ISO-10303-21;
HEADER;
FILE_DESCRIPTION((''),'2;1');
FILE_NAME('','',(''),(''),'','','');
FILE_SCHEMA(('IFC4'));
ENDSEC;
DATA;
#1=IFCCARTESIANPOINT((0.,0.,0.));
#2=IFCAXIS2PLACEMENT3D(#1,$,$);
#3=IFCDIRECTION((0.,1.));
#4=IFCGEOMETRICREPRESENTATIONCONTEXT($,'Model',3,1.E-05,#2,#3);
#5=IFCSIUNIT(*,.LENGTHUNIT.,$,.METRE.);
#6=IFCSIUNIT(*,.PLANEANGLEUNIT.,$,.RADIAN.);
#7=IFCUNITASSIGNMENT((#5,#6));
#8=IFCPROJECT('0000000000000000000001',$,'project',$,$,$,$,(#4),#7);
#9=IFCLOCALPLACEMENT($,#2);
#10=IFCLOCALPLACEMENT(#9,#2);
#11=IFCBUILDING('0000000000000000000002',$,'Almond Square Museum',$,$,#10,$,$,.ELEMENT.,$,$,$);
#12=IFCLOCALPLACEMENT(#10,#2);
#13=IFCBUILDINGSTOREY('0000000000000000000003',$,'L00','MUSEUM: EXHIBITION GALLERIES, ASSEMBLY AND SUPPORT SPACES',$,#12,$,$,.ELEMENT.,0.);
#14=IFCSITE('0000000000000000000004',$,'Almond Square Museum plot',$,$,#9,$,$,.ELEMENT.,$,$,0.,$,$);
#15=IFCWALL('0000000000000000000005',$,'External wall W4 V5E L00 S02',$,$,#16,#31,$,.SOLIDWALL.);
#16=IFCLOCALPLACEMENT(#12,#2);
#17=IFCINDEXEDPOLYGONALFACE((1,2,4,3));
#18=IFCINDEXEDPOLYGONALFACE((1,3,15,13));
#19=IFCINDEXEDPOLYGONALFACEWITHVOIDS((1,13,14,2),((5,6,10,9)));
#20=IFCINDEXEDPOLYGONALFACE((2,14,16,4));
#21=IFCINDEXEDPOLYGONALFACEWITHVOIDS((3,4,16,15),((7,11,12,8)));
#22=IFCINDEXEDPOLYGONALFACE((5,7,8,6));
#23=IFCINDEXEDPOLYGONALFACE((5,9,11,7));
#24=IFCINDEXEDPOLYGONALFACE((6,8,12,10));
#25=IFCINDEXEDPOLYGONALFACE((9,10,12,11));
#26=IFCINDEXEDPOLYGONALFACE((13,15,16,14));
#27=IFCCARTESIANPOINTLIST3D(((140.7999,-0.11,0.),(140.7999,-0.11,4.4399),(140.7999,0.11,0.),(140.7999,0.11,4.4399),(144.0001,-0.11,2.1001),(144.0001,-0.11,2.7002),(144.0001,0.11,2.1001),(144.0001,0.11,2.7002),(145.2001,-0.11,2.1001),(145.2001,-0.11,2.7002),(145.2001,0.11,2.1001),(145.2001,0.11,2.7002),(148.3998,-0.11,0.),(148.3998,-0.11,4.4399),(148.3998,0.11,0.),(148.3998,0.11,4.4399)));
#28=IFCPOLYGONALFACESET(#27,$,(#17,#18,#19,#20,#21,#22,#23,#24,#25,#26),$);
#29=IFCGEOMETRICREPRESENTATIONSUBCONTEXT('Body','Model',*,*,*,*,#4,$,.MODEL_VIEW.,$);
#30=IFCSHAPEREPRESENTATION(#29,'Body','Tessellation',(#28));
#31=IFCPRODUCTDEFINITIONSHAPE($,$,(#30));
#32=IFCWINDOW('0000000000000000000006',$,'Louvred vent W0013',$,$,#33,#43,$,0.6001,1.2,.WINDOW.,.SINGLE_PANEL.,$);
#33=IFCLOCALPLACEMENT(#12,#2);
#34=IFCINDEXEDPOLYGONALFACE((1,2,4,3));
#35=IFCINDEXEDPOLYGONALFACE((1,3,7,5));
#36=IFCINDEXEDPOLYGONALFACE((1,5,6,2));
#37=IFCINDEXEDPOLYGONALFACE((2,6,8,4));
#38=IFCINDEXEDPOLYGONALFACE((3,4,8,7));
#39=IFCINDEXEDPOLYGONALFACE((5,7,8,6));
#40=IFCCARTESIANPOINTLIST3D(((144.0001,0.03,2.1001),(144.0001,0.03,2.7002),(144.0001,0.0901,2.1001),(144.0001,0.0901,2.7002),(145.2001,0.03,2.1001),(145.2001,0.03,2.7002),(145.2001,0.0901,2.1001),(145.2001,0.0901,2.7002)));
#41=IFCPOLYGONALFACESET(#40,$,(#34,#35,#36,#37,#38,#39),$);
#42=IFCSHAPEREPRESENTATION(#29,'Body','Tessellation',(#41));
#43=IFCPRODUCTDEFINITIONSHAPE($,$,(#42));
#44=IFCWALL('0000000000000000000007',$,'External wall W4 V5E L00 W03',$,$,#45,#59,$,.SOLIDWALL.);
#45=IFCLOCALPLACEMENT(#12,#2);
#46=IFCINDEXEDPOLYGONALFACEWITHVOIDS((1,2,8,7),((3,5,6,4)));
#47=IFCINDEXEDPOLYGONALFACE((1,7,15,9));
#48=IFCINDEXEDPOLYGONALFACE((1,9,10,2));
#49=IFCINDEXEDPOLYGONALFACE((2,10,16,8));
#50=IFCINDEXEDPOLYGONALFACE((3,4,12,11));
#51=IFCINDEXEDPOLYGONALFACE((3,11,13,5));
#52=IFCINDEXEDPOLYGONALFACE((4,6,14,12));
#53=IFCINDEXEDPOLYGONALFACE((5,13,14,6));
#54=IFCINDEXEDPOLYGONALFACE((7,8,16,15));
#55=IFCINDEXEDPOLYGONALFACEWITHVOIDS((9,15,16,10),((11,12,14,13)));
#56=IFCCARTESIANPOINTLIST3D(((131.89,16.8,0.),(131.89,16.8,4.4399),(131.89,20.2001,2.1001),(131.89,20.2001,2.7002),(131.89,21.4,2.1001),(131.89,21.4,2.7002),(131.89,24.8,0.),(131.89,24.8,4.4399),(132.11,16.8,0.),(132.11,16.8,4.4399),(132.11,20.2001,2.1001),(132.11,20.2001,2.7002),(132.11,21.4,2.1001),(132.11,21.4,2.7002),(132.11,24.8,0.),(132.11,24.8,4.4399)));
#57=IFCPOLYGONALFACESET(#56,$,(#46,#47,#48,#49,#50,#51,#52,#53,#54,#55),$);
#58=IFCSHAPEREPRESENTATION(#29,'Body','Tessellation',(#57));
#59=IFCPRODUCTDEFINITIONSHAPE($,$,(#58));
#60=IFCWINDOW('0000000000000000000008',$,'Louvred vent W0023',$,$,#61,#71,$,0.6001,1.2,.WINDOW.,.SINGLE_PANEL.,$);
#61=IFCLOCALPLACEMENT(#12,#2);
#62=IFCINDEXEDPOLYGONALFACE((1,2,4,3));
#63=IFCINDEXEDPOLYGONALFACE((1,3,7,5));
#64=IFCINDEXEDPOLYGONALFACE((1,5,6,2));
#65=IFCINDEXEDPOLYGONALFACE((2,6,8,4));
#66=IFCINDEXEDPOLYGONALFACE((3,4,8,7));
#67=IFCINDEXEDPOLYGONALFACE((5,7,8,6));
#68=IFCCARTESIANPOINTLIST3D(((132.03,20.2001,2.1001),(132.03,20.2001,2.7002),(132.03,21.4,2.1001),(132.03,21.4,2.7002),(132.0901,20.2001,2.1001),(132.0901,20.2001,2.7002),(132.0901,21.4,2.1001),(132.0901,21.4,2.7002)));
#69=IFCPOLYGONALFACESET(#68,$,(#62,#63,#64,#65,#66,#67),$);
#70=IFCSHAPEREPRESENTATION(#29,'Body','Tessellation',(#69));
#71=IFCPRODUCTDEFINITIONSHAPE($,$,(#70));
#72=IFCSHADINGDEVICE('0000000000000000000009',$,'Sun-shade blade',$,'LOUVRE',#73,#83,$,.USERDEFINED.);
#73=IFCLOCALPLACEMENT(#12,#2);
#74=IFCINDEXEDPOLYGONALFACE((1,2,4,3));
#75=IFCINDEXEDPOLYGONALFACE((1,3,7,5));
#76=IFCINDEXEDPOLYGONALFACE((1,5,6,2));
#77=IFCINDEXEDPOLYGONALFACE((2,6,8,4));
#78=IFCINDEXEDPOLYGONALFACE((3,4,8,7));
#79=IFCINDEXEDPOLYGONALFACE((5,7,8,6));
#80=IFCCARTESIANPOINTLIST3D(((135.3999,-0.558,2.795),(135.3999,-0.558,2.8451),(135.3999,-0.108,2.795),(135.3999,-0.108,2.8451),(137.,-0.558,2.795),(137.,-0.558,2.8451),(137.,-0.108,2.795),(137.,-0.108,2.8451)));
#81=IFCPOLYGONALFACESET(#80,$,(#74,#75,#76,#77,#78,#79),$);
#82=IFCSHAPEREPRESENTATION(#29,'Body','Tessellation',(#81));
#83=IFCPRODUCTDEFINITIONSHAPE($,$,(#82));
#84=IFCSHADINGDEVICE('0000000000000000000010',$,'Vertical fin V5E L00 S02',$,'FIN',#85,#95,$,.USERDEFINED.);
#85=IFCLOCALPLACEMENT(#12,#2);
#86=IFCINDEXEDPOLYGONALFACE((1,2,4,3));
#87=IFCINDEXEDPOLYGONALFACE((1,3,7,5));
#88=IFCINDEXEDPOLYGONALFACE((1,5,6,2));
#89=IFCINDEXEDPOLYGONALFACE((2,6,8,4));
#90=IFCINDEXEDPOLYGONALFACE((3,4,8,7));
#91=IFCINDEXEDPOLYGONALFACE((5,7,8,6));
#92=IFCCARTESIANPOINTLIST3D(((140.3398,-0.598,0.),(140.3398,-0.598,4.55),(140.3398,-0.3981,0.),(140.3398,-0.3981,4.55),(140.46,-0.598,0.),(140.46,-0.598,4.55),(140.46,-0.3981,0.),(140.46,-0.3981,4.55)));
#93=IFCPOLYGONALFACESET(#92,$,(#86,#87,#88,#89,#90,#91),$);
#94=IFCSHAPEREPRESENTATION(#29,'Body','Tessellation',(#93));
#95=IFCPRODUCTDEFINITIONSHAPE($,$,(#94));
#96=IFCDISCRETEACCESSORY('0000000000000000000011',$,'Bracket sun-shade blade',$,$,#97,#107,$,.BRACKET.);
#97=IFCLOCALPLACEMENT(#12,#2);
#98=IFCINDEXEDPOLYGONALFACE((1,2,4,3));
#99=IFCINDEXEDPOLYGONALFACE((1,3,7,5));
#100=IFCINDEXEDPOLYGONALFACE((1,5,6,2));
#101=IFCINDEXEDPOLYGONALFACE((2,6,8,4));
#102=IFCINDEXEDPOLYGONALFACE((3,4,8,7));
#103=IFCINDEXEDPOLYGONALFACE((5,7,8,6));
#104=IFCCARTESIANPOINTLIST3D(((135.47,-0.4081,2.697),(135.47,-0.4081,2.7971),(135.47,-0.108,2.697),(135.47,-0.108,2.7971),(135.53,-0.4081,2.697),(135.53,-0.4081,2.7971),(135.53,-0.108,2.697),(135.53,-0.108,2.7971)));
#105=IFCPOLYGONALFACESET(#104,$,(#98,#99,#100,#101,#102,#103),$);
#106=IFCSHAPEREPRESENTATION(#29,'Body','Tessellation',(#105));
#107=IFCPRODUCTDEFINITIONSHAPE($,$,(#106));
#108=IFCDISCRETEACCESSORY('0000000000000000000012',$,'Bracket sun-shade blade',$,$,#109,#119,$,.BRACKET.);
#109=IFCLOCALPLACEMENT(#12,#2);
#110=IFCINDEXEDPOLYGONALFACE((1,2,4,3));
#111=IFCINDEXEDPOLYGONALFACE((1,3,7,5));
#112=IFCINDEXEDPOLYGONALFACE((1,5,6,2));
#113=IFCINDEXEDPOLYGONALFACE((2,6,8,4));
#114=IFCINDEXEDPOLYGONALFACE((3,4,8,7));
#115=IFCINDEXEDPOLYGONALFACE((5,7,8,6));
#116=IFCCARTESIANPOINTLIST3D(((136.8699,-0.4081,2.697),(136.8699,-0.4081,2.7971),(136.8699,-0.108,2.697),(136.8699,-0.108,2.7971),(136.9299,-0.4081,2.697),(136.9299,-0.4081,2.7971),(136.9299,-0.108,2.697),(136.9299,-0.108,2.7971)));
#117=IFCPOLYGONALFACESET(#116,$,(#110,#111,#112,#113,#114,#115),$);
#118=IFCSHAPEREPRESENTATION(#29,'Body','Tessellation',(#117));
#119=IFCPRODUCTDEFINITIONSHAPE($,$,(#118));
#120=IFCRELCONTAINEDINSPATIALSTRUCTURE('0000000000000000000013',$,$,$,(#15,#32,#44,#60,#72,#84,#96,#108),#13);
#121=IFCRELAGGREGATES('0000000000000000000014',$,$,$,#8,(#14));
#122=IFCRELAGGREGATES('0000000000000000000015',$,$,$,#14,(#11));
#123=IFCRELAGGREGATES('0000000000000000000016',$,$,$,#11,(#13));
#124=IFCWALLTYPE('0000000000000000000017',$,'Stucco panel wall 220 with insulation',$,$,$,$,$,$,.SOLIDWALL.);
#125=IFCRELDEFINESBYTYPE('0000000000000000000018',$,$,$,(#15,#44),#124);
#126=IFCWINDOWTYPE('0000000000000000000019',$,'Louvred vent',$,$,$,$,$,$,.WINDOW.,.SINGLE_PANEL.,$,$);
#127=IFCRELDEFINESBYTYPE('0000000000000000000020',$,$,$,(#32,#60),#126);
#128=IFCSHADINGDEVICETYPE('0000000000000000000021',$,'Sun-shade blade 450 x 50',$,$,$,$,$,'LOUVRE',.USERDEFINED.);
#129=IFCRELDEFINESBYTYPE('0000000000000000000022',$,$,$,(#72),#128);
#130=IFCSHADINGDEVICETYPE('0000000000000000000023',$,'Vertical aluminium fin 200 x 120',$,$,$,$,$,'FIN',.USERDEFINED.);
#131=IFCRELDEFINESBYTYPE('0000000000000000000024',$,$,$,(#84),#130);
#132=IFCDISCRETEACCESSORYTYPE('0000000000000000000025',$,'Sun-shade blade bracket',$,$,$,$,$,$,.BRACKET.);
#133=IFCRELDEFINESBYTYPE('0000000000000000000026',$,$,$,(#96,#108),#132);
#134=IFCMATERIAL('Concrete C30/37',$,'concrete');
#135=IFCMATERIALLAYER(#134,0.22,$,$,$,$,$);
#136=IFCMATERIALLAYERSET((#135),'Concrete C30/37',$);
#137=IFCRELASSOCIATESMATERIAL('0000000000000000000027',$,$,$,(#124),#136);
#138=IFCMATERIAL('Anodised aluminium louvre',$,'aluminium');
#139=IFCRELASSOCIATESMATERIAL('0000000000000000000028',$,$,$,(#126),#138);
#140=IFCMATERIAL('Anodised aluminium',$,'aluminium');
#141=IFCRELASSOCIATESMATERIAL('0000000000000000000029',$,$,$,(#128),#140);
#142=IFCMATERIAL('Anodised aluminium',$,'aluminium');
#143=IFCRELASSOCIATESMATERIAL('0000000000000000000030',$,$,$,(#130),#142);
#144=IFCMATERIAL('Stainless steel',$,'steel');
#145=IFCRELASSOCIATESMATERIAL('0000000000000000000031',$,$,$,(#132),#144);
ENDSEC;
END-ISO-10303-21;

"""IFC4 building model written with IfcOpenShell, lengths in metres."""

from ifc_helpers import new_model, si_unit, direction, frame, frame_2d, origin, origin_2d, place, context, subcontext, project, spatial, rectangle, extrude, material, layer, layer_set, material_profile, profile_set, type_object, element, fill, save


model = new_model("IFC4")

# Units and contexts
model_context = context("Model", 3, precision=1e-05, world=origin(), true_north=direction((0.0, 1.0)))
body_context = subcontext(model_context, "Body", "Model", "MODEL_VIEW")
ifc_project = project(units=[si_unit("LENGTHUNIT", "METRE"), si_unit("PLANEANGLEUNIT", "RADIAN")], contexts=[model_context])

# Site, building, storey
site_placement = place(None, origin())
site = spatial("IfcSite", under=ifc_project, at=site_placement, Name="Almond Square Museum plot", CompositionType="ELEMENT", RefElevation=0.0)
building_placement = place(site_placement, origin())
building = spatial("IfcBuilding", under=site, at=building_placement, Name="Almond Square Museum", CompositionType="ELEMENT")
storey_placement = place(building_placement, origin())
storey = spatial("IfcBuildingStorey", under=building, at=storey_placement, Name="L00", Description="MUSEUM: EXHIBITION GALLERIES, ASSEMBLY AND SUPPORT SPACES", CompositionType="ELEMENT", Elevation=0.0)

# Walls, openings, windows
ifc_material_1 = material(Name="Concrete C30/37", Category="concrete")
ifc_layer_1 = layer(ifc_material_1, 0.22)
ifc_layer_set_1 = layer_set([ifc_layer_1], Name="Concrete C30/37")
wall_type_1 = type_object("IfcWallType", Name="Stucco panel wall 220 with insulation", PredefinedType="SOLIDWALL", material=ifc_layer_set_1)
ifc_material_2 = material(Name="Anodised aluminium louvre", Category="aluminium")
window_type = type_object("IfcWindowType", Name="Louvred vent", PartitioningType="SINGLE_PANEL", PredefinedType="WINDOW", material=ifc_material_2)
wall_1_placement = place(storey_placement, frame((140.8, 0.0, 0.0), z_axis=(0.0, 0.0, 1.0), x_axis=(1.0, 0.0, 0.0)))
wall_1 = element("IfcWall", 1, at=wall_1_placement, inside=storey, type_object=wall_type_1, Name="External wall W4 V5E L00 S02", PredefinedType="SOLIDWALL", context=body_context, shape_type="SweptSolid", body=[
    extrude(rectangle(XDim=7.5999, YDim=0.22, at=frame_2d((3.7998, 0.0))), origin(), (0.0, 0.0, 1.0), 4.4399),
])
opening_1_placement = place(wall_1_placement, frame((3.2, 0.0, 2.1001)))
opening_1 = element("IfcOpeningElement", 2, at=opening_1_placement, cuts=wall_1, PredefinedType="OPENING", context=body_context, shape_type="SweptSolid", body=[
    extrude(rectangle(XDim=1.2, YDim=0.6001, at=frame_2d((0.6001, 0.3))), frame((0.0, 0.1199, 0.0), z_axis=(0.0, -1.0, 0.0), x_axis=(1.0, 0.0, 0.0)), (0.0, 0.0, 1.0), 0.24),
])
window_1_placement = place(opening_1_placement, origin())
window_1 = element("IfcWindow", 3, at=window_1_placement, inside=storey, type_object=window_type, Name="Louvred vent W0013", OverallHeight=0.6001, OverallWidth=1.2, PartitioningType="SINGLE_PANEL", PredefinedType="WINDOW", context=body_context, shape_type="SweptSolid", body=[
    extrude(rectangle(XDim=1.2, YDim=0.6001, at=frame_2d((0.6001, 0.3))), frame((0.0, 0.0901, 0.0), z_axis=(0.0, -1.0, 0.0), x_axis=(1.0, 0.0, 0.0)), (0.0, 0.0, 1.0), 0.0601),
])
fill(opening_1, window_1)
wall_2_placement = place(storey_placement, frame((132.0, 16.8, 0.0), z_axis=(0.0, 0.0, 1.0), x_axis=(0.0, 1.0, 0.0)))
wall_2 = element("IfcWall", 4, at=wall_2_placement, inside=storey, type_object=wall_type_1, Name="External wall W4 V5E L00 W03", PredefinedType="SOLIDWALL", context=body_context, shape_type="SweptSolid", body=[
    extrude(rectangle(XDim=8.0, YDim=0.22, at=frame_2d((4.0, 0.0))), origin(), (0.0, 0.0, 1.0), 4.4399),
])
opening_2_placement = place(wall_2_placement, frame((3.3999, 0.0, 2.1001)))
opening_2 = element("IfcOpeningElement", 5, at=opening_2_placement, cuts=wall_2, PredefinedType="OPENING", context=body_context, shape_type="SweptSolid", body=[
    extrude(rectangle(XDim=1.2, YDim=0.6001, at=frame_2d((0.6001, 0.3))), frame((0.0, 0.1199, 0.0), z_axis=(0.0, -1.0, 0.0), x_axis=(1.0, 0.0, 0.0)), (0.0, 0.0, 1.0), 0.24),
])
window_2_placement = place(opening_2_placement, origin())
window_2 = element("IfcWindow", 6, at=window_2_placement, inside=storey, type_object=window_type, Name="Louvred vent W0023", OverallHeight=0.6001, OverallWidth=1.2, PartitioningType="SINGLE_PANEL", PredefinedType="WINDOW", context=body_context, shape_type="SweptSolid", body=[
    extrude(rectangle(XDim=1.2, YDim=0.6001, at=frame_2d((0.6001, 0.3))), frame((0.0, -0.03, 0.0), z_axis=(0.0, -1.0, 0.0), x_axis=(1.0, 0.0, 0.0)), (0.0, 0.0, 1.0), 0.0601),
])
fill(opening_2, window_2)

# Shading devices
ifc_material_3 = material(Name="Anodised aluminium", Category="aluminium")
ifc_material_profile_1 = material_profile(ifc_material_3, rectangle(XDim=0.45, YDim=0.05, at=origin_2d()))
ifc_profile_set_1 = profile_set([ifc_material_profile_1], Name="Anodised aluminium")
shading_device_type_1 = type_object("IfcShadingDeviceType", Name="Sun-shade blade 450 x 50", ElementType="LOUVRE", PredefinedType="USERDEFINED", material=ifc_profile_set_1)
shading_device_1_placement = place(storey_placement, frame((135.3999, -0.333, 2.8201), z_axis=(1.0, 0.0, 0.0), x_axis=(0.0, 1.0, 0.0)))
element("IfcShadingDevice", 7, at=shading_device_1_placement, inside=storey, type_object=shading_device_type_1, Name="Sun-shade blade", ObjectType="LOUVRE", PredefinedType="USERDEFINED", context=body_context, shape_type="SweptSolid", body=[
    extrude(rectangle(XDim=0.45, YDim=0.05, at=origin_2d()), origin(), (0.0, 0.0, 1.0), 1.6001),
])
ifc_material_4 = material(Name="Anodised aluminium", Category="aluminium")
ifc_material_profile_2 = material_profile(ifc_material_4, rectangle(XDim=0.2, YDim=0.1201, at=origin_2d()))
ifc_profile_set_2 = profile_set([ifc_material_profile_2], Name="Anodised aluminium")
shading_device_type_2 = type_object("IfcShadingDeviceType", Name="Vertical aluminium fin 200 x 120", ElementType="FIN", PredefinedType="USERDEFINED", material=ifc_profile_set_2)
shading_device_2_placement = place(storey_placement, frame((140.3999, -0.498, 0.0), z_axis=(0.0, 0.0, 1.0), x_axis=(0.0, -1.0, 0.0)))
element("IfcShadingDevice", 8, at=shading_device_2_placement, inside=storey, type_object=shading_device_type_2, Name="Vertical fin V5E L00 S02", ObjectType="FIN", PredefinedType="USERDEFINED", context=body_context, shape_type="SweptSolid", body=[
    extrude(rectangle(XDim=0.2, YDim=0.1201, at=origin_2d()), origin(), (0.0, 0.0, 1.0), 4.55),
])

# Discrete accessories
ifc_material_5 = material(Name="Stainless steel", Category="steel")
discrete_accessory_type = type_object("IfcDiscreteAccessoryType", Name="Sun-shade blade bracket", PredefinedType="BRACKET", material=ifc_material_5)
for number, where, z_axis, x_axis, name in (
    (9, (135.5, -0.2581, 2.697), (0.0, 0.0, 1.0), (1.0, 0.0, 0.0), "Bracket sun-shade blade"),
    (10, (136.8999, -0.2581, 2.697), (0.0, 0.0, 1.0), (1.0, 0.0, 0.0), "Bracket sun-shade blade"),
):
    element("IfcDiscreteAccessory", number, at=place(storey_placement, frame(where, z_axis=z_axis, x_axis=x_axis)), inside=storey, type_object=discrete_accessory_type, Name=name, PredefinedType="BRACKET", context=body_context, shape_type="SweptSolid", body=[
        extrude(rectangle(XDim=0.0601, YDim=0.3, at=origin_2d()), origin(), (0.0, 0.0, 1.0), 0.1001),
    ])

save(model, "model.ifc")
